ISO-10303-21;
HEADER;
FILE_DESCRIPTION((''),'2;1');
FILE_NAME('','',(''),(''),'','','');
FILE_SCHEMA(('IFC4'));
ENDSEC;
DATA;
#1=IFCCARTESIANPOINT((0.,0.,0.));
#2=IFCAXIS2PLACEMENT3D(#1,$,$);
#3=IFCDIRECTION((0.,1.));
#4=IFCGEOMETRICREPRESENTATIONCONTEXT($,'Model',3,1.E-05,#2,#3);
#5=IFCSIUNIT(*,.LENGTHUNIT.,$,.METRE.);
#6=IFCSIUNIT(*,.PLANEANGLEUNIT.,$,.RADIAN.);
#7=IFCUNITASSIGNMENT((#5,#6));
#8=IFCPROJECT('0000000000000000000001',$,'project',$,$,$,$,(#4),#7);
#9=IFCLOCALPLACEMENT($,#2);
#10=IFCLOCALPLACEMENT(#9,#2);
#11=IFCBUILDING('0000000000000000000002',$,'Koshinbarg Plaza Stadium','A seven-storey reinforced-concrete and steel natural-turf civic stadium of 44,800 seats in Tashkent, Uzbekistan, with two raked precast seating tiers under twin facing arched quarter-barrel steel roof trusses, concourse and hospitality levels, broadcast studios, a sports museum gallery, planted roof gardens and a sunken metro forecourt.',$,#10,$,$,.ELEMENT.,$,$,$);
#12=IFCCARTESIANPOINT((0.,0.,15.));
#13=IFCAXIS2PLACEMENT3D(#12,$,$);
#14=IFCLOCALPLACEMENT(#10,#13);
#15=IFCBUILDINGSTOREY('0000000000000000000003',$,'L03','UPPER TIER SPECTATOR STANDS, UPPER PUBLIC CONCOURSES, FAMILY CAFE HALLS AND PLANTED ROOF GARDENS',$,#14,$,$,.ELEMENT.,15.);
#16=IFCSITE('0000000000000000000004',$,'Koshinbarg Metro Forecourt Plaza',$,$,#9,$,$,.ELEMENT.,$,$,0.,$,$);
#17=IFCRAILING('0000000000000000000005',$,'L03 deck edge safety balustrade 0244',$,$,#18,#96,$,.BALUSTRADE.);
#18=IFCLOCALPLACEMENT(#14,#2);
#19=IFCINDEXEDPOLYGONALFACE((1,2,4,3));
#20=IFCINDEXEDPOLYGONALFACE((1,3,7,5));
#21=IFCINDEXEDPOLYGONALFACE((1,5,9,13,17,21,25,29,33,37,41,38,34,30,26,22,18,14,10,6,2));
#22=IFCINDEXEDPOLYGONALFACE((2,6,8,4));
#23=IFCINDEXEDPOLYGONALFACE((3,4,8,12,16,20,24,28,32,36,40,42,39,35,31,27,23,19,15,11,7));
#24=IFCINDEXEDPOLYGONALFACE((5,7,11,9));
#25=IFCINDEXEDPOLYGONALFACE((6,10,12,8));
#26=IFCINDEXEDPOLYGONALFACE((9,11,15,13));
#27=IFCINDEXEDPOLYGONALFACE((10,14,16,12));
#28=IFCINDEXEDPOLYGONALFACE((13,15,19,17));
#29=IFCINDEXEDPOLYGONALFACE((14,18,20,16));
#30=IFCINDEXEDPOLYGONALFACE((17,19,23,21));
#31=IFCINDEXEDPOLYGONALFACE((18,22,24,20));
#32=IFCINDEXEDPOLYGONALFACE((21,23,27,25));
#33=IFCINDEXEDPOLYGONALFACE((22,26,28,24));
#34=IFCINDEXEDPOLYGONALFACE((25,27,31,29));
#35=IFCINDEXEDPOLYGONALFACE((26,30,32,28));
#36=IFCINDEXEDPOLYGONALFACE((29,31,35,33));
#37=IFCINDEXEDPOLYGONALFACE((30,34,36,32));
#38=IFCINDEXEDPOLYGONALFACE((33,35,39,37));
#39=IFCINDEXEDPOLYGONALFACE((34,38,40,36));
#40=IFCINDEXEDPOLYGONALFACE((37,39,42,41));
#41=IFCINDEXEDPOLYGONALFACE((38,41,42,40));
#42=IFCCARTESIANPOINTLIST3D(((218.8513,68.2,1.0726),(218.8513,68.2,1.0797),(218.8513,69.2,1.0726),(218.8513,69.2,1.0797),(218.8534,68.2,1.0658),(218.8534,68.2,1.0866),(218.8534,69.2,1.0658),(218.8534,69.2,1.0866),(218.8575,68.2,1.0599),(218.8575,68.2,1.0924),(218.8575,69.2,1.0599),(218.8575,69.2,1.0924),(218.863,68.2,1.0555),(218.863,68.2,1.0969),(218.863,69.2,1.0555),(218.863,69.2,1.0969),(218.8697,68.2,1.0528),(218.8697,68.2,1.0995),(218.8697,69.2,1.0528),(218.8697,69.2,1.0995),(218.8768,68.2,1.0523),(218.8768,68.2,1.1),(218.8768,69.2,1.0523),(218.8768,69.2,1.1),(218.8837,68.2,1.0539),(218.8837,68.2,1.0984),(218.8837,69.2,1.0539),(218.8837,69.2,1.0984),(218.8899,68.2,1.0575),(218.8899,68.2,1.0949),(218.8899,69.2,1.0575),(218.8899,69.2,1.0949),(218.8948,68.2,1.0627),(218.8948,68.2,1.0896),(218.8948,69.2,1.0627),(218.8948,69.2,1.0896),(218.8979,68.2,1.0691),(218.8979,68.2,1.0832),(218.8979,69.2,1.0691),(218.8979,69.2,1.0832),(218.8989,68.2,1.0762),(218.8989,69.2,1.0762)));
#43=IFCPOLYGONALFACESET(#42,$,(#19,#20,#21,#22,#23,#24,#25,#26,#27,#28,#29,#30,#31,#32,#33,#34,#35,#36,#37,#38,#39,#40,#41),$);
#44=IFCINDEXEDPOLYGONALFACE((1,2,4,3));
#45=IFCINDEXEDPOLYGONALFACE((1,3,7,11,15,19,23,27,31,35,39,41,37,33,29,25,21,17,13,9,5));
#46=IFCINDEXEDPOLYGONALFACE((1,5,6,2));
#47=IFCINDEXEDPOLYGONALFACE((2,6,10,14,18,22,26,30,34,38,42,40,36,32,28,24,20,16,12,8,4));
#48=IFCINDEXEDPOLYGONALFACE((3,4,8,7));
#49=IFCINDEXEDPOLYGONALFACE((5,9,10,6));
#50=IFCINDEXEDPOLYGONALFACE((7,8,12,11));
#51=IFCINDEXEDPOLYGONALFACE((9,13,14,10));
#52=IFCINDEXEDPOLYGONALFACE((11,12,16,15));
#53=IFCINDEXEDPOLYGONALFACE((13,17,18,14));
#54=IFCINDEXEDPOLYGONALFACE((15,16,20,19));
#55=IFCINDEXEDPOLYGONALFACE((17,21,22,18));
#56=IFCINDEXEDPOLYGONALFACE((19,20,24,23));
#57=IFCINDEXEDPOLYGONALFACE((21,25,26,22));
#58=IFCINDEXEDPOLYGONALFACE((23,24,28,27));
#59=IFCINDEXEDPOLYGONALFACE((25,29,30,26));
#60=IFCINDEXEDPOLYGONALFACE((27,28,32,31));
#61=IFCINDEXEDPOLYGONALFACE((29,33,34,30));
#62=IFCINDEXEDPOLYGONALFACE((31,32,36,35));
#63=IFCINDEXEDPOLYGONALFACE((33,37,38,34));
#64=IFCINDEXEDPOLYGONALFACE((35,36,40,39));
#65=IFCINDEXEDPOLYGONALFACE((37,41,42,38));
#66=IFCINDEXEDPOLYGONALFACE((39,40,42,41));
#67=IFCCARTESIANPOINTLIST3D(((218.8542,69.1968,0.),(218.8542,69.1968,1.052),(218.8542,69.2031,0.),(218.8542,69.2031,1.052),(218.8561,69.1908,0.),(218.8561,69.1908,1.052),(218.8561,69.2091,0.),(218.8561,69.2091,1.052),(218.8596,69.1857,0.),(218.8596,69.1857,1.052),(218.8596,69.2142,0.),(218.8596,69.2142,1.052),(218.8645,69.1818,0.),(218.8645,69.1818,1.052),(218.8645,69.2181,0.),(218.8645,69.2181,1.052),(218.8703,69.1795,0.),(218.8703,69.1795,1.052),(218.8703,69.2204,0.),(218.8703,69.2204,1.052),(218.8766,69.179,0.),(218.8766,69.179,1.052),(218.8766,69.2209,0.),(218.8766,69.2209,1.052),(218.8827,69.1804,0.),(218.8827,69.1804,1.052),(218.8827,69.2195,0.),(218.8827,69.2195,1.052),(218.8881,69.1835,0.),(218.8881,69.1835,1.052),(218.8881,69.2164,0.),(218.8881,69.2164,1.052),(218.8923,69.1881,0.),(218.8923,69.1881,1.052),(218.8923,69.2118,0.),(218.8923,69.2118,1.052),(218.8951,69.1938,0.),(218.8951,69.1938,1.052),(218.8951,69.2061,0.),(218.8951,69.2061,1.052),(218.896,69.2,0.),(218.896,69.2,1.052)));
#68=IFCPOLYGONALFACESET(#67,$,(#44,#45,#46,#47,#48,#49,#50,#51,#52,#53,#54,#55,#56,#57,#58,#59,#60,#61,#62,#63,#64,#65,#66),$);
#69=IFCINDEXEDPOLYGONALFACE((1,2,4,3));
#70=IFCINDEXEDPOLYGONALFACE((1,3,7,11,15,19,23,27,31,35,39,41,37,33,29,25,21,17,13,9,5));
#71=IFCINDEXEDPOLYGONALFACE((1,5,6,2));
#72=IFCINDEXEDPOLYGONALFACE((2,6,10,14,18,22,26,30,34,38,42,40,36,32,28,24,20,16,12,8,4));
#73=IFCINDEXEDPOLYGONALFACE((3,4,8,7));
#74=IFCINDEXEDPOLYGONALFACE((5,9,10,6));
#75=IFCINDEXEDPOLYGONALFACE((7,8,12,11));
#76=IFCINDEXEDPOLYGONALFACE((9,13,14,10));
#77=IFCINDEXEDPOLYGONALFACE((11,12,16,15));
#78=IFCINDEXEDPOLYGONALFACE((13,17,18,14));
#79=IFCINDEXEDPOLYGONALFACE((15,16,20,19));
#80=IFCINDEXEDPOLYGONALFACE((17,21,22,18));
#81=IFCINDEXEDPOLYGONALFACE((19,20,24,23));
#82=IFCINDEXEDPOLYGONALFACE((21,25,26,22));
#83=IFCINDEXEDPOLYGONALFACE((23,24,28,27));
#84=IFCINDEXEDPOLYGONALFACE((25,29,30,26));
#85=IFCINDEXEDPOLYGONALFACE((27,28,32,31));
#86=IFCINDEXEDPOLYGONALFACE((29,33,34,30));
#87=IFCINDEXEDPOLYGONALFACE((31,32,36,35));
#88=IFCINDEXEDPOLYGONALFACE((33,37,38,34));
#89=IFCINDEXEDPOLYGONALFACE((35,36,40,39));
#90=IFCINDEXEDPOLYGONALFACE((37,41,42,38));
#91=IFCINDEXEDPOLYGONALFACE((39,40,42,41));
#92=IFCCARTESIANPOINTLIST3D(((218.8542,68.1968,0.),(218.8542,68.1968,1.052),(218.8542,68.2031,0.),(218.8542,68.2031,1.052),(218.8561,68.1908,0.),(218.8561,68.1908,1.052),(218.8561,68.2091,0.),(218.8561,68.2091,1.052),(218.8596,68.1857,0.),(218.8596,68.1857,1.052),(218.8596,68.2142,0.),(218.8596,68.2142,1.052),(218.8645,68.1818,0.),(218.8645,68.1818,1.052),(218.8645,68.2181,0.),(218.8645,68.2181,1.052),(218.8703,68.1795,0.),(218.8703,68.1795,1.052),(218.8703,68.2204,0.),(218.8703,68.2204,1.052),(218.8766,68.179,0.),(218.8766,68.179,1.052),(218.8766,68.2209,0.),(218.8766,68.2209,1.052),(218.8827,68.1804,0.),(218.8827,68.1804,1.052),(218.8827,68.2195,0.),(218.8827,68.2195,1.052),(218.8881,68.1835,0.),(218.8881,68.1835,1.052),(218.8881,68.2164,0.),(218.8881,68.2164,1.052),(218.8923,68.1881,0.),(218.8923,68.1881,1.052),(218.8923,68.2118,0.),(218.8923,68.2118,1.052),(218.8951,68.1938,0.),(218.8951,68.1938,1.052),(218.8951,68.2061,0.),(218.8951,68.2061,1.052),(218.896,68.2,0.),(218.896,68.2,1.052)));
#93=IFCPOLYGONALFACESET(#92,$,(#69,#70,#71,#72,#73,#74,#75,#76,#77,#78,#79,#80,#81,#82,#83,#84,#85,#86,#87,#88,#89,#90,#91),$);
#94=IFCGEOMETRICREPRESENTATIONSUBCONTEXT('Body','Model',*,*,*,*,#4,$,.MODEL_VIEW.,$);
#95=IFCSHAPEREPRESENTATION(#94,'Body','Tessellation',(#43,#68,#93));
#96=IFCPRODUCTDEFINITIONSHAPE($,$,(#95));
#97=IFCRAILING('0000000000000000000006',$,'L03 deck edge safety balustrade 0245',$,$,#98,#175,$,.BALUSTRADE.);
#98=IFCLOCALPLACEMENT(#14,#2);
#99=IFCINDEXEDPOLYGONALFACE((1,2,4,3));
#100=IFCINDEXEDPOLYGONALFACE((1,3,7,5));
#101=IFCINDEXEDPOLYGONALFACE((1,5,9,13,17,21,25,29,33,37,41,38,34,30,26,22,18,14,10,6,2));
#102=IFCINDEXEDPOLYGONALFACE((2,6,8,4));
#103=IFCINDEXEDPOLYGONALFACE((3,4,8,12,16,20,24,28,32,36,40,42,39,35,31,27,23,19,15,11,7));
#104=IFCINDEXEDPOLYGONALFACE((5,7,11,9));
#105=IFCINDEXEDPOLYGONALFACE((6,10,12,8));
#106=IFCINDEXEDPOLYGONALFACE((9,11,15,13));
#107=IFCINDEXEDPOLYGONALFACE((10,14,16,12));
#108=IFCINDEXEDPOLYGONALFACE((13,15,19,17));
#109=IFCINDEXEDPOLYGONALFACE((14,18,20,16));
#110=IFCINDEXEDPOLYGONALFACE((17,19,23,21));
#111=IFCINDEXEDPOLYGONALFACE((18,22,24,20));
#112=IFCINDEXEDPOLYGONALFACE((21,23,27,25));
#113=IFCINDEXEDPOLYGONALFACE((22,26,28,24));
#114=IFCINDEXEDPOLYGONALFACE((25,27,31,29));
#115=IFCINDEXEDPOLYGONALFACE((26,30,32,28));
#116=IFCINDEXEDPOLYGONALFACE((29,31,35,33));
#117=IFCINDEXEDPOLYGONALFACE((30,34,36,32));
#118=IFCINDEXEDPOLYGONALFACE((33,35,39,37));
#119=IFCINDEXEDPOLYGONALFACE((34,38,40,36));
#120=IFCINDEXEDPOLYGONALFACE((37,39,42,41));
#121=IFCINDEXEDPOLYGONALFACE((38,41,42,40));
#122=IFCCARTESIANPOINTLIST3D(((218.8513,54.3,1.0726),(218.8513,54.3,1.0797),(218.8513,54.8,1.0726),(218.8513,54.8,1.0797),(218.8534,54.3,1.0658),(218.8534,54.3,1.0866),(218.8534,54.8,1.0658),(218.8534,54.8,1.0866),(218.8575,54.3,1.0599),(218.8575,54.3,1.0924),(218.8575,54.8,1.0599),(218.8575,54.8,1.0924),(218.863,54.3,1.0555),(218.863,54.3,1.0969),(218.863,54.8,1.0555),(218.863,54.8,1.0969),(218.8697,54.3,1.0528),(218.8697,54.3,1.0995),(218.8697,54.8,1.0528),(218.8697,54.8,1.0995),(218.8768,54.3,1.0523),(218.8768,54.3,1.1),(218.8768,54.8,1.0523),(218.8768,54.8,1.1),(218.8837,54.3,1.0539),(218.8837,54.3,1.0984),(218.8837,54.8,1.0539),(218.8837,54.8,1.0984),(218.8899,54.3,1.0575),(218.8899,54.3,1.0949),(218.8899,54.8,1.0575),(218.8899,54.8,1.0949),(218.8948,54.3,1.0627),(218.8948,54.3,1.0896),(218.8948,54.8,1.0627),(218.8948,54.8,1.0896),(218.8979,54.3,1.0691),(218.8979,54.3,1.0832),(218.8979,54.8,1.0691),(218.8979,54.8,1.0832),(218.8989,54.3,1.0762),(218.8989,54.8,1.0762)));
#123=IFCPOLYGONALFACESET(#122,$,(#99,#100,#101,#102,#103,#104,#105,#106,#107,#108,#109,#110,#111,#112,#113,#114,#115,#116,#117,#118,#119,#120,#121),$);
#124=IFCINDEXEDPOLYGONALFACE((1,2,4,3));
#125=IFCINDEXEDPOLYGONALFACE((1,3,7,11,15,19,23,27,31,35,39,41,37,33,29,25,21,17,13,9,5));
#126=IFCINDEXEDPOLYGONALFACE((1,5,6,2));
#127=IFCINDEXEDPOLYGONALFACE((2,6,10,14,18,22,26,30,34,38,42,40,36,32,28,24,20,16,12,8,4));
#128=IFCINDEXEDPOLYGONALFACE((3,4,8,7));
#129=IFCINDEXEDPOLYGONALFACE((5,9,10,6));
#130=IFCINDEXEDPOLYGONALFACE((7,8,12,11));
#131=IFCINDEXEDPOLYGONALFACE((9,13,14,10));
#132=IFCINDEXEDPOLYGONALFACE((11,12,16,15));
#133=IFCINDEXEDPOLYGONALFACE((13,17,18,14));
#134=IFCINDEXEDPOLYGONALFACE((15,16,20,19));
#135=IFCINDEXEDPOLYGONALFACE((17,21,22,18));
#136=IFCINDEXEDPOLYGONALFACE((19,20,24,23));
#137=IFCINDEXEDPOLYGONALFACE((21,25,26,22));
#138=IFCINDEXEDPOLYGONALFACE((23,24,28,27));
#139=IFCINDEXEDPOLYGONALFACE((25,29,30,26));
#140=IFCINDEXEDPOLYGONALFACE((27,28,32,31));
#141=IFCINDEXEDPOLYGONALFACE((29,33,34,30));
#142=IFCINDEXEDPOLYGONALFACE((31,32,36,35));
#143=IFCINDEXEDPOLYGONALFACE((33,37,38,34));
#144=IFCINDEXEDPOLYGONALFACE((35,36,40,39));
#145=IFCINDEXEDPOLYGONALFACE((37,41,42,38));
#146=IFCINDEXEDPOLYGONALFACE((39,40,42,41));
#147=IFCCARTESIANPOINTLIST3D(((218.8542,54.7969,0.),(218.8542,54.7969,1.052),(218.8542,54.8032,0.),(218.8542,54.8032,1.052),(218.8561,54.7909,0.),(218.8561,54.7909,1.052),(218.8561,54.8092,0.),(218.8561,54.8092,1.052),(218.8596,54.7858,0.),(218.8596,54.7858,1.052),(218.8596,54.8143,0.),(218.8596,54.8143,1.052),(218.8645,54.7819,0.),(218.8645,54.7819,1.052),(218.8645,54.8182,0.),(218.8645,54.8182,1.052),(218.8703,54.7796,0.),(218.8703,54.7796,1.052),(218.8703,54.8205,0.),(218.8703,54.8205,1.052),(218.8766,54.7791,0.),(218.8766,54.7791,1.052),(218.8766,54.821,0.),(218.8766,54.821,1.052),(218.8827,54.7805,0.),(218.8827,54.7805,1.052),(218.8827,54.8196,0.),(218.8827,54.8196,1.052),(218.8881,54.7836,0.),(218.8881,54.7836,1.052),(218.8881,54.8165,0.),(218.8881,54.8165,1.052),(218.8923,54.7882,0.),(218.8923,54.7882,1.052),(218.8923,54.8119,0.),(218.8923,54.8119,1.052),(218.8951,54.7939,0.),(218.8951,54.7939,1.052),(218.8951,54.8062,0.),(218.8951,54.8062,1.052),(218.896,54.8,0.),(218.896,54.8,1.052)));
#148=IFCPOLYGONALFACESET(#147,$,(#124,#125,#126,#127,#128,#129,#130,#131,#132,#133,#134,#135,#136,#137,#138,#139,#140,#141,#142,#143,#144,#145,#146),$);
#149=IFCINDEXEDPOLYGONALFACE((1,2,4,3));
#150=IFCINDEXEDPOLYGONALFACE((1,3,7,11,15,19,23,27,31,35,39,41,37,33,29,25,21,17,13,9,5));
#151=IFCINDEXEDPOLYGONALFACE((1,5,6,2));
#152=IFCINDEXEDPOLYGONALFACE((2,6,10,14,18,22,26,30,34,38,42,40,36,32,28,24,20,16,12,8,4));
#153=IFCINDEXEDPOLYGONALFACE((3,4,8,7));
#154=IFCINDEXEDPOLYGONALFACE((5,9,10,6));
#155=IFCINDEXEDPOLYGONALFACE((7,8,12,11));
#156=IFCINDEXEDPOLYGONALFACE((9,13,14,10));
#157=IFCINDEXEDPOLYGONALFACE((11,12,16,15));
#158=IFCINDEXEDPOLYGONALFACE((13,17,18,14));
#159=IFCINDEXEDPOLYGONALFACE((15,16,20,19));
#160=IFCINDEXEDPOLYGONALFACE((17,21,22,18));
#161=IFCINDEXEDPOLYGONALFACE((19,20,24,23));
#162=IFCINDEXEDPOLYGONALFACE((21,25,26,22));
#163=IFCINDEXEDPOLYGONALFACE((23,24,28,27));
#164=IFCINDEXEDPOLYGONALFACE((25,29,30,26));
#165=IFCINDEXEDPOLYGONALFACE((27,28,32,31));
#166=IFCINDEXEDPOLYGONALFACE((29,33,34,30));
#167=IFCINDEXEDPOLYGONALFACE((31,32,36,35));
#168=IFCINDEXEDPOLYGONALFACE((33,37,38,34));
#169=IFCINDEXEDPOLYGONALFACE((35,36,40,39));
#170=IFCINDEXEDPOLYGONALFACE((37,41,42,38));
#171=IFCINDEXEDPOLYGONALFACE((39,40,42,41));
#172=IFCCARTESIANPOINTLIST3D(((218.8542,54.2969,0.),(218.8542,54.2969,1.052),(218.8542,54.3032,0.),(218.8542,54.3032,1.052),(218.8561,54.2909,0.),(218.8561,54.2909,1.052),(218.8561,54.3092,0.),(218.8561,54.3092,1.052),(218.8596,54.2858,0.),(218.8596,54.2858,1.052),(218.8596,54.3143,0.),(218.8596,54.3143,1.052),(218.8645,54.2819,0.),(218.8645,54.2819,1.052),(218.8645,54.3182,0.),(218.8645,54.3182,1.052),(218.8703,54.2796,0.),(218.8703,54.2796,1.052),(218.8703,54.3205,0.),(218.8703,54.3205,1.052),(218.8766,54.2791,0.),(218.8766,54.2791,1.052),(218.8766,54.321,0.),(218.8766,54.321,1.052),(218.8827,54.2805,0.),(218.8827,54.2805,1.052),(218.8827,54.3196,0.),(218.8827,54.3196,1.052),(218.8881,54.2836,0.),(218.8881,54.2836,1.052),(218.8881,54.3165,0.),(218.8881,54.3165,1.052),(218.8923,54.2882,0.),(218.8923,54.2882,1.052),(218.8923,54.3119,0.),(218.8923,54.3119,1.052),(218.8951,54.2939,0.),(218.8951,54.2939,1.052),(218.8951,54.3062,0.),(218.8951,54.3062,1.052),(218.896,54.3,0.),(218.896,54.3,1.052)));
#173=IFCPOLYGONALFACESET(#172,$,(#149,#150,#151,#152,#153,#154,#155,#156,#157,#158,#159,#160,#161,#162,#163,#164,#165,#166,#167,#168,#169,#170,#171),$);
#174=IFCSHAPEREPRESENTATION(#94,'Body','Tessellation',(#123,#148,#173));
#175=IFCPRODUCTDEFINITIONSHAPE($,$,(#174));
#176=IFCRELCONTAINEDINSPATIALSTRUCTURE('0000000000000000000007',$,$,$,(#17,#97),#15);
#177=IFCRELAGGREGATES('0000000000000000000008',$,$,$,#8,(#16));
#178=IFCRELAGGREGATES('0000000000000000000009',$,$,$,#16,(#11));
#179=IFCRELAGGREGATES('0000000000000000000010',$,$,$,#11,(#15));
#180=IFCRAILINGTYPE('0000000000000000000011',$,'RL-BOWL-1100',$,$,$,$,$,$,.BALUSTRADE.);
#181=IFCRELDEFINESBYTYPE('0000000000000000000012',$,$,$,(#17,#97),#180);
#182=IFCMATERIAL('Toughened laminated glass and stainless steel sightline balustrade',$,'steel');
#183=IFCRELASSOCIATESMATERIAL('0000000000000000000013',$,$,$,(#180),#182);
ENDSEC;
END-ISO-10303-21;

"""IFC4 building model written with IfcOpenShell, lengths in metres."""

from ifc_helpers import new_model, si_unit, direction, frame, origin, origin_2d, place, context, subcontext, project, spatial, circle, extrude, material, type_object, element, save


model = new_model("IFC4")

# Units and contexts
model_context = context("Model", 3, precision=1e-05, world=origin(), true_north=direction((0.0, 1.0)))
body_context = subcontext(model_context, "Body", "Model", "MODEL_VIEW")
ifc_project = project(units=[si_unit("LENGTHUNIT", "METRE"), si_unit("PLANEANGLEUNIT", "RADIAN")], contexts=[model_context])

# Site, building, storey
site_placement = place(None, origin())
site = spatial("IfcSite", under=ifc_project, at=site_placement, Name="Koshinbarg Metro Forecourt Plaza", CompositionType="ELEMENT", RefElevation=0.0)
building_placement = place(site_placement, origin())
building = spatial("IfcBuilding", under=site, at=building_placement, Name="Koshinbarg Plaza Stadium", Description="A seven-storey reinforced-concrete and steel natural-turf civic stadium of 44,800 seats in Tashkent, Uzbekistan, with two raked precast seating tiers under twin facing arched quarter-barrel steel roof trusses, concourse and hospitality levels, broadcast studios, a sports museum gallery, planted roof gardens and a sunken metro forecourt.", CompositionType="ELEMENT")
storey_placement = place(building_placement, frame((0.0, 0.0, 15.0)))
storey = spatial("IfcBuildingStorey", under=building, at=storey_placement, Name="L03", Description="UPPER TIER SPECTATOR STANDS, UPPER PUBLIC CONCOURSES, FAMILY CAFE HALLS AND PLANTED ROOF GARDENS", CompositionType="ELEMENT", Elevation=15.0)

# Railings
ifc_material_1 = material(Name="Toughened laminated glass and stainless steel sightline balustrade", Category="steel")
railing_type_1 = type_object("IfcRailingType", Name="RL-BOWL-1100", PredefinedType="BALUSTRADE", material=ifc_material_1)
railing_1_placement = place(storey_placement, frame((218.875, 69.2, 0.0)))
element("IfcRailing", 1, at=railing_1_placement, inside=storey, type_object=railing_type_1, Name="L03 deck edge safety balustrade 0244", PredefinedType="BALUSTRADE", context=body_context, shape_type="SweptSolid", body=[
    extrude(circle(Radius=0.0239, at=origin_2d()), frame((0.0, 0.0, 1.0762), z_axis=(0.0, -1.0, 0.0), x_axis=(1.0, 0.0, 0.0)), (0.0, 0.0, 1.0), 1.0),
    extrude(circle(Radius=0.021, at=origin_2d()), origin(), (0.0, 0.0, 1.0), 1.052),
    extrude(circle(Radius=0.021, at=origin_2d()), frame((0.0, -1.0, 0.0)), (0.0, 0.0, 1.0), 1.052),
])
railing_2_placement = place(storey_placement, frame((218.875, 54.8, 0.0)))
element("IfcRailing", 2, at=railing_2_placement, inside=storey, type_object=railing_type_1, Name="L03 deck edge safety balustrade 0245", PredefinedType="BALUSTRADE", context=body_context, shape_type="SweptSolid", body=[
    extrude(circle(Radius=0.0239, at=origin_2d()), frame((0.0, 0.0, 1.0762), z_axis=(0.0, -1.0, 0.0), x_axis=(1.0, 0.0, 0.0)), (0.0, 0.0, 1.0), 0.5),
    extrude(circle(Radius=0.021, at=origin_2d()), origin(), (0.0, 0.0, 1.0), 1.052),
    extrude(circle(Radius=0.021, at=origin_2d()), frame((0.0, -0.5, 0.0)), (0.0, 0.0, 1.0), 1.052),
])

save(model, "model.ifc")
